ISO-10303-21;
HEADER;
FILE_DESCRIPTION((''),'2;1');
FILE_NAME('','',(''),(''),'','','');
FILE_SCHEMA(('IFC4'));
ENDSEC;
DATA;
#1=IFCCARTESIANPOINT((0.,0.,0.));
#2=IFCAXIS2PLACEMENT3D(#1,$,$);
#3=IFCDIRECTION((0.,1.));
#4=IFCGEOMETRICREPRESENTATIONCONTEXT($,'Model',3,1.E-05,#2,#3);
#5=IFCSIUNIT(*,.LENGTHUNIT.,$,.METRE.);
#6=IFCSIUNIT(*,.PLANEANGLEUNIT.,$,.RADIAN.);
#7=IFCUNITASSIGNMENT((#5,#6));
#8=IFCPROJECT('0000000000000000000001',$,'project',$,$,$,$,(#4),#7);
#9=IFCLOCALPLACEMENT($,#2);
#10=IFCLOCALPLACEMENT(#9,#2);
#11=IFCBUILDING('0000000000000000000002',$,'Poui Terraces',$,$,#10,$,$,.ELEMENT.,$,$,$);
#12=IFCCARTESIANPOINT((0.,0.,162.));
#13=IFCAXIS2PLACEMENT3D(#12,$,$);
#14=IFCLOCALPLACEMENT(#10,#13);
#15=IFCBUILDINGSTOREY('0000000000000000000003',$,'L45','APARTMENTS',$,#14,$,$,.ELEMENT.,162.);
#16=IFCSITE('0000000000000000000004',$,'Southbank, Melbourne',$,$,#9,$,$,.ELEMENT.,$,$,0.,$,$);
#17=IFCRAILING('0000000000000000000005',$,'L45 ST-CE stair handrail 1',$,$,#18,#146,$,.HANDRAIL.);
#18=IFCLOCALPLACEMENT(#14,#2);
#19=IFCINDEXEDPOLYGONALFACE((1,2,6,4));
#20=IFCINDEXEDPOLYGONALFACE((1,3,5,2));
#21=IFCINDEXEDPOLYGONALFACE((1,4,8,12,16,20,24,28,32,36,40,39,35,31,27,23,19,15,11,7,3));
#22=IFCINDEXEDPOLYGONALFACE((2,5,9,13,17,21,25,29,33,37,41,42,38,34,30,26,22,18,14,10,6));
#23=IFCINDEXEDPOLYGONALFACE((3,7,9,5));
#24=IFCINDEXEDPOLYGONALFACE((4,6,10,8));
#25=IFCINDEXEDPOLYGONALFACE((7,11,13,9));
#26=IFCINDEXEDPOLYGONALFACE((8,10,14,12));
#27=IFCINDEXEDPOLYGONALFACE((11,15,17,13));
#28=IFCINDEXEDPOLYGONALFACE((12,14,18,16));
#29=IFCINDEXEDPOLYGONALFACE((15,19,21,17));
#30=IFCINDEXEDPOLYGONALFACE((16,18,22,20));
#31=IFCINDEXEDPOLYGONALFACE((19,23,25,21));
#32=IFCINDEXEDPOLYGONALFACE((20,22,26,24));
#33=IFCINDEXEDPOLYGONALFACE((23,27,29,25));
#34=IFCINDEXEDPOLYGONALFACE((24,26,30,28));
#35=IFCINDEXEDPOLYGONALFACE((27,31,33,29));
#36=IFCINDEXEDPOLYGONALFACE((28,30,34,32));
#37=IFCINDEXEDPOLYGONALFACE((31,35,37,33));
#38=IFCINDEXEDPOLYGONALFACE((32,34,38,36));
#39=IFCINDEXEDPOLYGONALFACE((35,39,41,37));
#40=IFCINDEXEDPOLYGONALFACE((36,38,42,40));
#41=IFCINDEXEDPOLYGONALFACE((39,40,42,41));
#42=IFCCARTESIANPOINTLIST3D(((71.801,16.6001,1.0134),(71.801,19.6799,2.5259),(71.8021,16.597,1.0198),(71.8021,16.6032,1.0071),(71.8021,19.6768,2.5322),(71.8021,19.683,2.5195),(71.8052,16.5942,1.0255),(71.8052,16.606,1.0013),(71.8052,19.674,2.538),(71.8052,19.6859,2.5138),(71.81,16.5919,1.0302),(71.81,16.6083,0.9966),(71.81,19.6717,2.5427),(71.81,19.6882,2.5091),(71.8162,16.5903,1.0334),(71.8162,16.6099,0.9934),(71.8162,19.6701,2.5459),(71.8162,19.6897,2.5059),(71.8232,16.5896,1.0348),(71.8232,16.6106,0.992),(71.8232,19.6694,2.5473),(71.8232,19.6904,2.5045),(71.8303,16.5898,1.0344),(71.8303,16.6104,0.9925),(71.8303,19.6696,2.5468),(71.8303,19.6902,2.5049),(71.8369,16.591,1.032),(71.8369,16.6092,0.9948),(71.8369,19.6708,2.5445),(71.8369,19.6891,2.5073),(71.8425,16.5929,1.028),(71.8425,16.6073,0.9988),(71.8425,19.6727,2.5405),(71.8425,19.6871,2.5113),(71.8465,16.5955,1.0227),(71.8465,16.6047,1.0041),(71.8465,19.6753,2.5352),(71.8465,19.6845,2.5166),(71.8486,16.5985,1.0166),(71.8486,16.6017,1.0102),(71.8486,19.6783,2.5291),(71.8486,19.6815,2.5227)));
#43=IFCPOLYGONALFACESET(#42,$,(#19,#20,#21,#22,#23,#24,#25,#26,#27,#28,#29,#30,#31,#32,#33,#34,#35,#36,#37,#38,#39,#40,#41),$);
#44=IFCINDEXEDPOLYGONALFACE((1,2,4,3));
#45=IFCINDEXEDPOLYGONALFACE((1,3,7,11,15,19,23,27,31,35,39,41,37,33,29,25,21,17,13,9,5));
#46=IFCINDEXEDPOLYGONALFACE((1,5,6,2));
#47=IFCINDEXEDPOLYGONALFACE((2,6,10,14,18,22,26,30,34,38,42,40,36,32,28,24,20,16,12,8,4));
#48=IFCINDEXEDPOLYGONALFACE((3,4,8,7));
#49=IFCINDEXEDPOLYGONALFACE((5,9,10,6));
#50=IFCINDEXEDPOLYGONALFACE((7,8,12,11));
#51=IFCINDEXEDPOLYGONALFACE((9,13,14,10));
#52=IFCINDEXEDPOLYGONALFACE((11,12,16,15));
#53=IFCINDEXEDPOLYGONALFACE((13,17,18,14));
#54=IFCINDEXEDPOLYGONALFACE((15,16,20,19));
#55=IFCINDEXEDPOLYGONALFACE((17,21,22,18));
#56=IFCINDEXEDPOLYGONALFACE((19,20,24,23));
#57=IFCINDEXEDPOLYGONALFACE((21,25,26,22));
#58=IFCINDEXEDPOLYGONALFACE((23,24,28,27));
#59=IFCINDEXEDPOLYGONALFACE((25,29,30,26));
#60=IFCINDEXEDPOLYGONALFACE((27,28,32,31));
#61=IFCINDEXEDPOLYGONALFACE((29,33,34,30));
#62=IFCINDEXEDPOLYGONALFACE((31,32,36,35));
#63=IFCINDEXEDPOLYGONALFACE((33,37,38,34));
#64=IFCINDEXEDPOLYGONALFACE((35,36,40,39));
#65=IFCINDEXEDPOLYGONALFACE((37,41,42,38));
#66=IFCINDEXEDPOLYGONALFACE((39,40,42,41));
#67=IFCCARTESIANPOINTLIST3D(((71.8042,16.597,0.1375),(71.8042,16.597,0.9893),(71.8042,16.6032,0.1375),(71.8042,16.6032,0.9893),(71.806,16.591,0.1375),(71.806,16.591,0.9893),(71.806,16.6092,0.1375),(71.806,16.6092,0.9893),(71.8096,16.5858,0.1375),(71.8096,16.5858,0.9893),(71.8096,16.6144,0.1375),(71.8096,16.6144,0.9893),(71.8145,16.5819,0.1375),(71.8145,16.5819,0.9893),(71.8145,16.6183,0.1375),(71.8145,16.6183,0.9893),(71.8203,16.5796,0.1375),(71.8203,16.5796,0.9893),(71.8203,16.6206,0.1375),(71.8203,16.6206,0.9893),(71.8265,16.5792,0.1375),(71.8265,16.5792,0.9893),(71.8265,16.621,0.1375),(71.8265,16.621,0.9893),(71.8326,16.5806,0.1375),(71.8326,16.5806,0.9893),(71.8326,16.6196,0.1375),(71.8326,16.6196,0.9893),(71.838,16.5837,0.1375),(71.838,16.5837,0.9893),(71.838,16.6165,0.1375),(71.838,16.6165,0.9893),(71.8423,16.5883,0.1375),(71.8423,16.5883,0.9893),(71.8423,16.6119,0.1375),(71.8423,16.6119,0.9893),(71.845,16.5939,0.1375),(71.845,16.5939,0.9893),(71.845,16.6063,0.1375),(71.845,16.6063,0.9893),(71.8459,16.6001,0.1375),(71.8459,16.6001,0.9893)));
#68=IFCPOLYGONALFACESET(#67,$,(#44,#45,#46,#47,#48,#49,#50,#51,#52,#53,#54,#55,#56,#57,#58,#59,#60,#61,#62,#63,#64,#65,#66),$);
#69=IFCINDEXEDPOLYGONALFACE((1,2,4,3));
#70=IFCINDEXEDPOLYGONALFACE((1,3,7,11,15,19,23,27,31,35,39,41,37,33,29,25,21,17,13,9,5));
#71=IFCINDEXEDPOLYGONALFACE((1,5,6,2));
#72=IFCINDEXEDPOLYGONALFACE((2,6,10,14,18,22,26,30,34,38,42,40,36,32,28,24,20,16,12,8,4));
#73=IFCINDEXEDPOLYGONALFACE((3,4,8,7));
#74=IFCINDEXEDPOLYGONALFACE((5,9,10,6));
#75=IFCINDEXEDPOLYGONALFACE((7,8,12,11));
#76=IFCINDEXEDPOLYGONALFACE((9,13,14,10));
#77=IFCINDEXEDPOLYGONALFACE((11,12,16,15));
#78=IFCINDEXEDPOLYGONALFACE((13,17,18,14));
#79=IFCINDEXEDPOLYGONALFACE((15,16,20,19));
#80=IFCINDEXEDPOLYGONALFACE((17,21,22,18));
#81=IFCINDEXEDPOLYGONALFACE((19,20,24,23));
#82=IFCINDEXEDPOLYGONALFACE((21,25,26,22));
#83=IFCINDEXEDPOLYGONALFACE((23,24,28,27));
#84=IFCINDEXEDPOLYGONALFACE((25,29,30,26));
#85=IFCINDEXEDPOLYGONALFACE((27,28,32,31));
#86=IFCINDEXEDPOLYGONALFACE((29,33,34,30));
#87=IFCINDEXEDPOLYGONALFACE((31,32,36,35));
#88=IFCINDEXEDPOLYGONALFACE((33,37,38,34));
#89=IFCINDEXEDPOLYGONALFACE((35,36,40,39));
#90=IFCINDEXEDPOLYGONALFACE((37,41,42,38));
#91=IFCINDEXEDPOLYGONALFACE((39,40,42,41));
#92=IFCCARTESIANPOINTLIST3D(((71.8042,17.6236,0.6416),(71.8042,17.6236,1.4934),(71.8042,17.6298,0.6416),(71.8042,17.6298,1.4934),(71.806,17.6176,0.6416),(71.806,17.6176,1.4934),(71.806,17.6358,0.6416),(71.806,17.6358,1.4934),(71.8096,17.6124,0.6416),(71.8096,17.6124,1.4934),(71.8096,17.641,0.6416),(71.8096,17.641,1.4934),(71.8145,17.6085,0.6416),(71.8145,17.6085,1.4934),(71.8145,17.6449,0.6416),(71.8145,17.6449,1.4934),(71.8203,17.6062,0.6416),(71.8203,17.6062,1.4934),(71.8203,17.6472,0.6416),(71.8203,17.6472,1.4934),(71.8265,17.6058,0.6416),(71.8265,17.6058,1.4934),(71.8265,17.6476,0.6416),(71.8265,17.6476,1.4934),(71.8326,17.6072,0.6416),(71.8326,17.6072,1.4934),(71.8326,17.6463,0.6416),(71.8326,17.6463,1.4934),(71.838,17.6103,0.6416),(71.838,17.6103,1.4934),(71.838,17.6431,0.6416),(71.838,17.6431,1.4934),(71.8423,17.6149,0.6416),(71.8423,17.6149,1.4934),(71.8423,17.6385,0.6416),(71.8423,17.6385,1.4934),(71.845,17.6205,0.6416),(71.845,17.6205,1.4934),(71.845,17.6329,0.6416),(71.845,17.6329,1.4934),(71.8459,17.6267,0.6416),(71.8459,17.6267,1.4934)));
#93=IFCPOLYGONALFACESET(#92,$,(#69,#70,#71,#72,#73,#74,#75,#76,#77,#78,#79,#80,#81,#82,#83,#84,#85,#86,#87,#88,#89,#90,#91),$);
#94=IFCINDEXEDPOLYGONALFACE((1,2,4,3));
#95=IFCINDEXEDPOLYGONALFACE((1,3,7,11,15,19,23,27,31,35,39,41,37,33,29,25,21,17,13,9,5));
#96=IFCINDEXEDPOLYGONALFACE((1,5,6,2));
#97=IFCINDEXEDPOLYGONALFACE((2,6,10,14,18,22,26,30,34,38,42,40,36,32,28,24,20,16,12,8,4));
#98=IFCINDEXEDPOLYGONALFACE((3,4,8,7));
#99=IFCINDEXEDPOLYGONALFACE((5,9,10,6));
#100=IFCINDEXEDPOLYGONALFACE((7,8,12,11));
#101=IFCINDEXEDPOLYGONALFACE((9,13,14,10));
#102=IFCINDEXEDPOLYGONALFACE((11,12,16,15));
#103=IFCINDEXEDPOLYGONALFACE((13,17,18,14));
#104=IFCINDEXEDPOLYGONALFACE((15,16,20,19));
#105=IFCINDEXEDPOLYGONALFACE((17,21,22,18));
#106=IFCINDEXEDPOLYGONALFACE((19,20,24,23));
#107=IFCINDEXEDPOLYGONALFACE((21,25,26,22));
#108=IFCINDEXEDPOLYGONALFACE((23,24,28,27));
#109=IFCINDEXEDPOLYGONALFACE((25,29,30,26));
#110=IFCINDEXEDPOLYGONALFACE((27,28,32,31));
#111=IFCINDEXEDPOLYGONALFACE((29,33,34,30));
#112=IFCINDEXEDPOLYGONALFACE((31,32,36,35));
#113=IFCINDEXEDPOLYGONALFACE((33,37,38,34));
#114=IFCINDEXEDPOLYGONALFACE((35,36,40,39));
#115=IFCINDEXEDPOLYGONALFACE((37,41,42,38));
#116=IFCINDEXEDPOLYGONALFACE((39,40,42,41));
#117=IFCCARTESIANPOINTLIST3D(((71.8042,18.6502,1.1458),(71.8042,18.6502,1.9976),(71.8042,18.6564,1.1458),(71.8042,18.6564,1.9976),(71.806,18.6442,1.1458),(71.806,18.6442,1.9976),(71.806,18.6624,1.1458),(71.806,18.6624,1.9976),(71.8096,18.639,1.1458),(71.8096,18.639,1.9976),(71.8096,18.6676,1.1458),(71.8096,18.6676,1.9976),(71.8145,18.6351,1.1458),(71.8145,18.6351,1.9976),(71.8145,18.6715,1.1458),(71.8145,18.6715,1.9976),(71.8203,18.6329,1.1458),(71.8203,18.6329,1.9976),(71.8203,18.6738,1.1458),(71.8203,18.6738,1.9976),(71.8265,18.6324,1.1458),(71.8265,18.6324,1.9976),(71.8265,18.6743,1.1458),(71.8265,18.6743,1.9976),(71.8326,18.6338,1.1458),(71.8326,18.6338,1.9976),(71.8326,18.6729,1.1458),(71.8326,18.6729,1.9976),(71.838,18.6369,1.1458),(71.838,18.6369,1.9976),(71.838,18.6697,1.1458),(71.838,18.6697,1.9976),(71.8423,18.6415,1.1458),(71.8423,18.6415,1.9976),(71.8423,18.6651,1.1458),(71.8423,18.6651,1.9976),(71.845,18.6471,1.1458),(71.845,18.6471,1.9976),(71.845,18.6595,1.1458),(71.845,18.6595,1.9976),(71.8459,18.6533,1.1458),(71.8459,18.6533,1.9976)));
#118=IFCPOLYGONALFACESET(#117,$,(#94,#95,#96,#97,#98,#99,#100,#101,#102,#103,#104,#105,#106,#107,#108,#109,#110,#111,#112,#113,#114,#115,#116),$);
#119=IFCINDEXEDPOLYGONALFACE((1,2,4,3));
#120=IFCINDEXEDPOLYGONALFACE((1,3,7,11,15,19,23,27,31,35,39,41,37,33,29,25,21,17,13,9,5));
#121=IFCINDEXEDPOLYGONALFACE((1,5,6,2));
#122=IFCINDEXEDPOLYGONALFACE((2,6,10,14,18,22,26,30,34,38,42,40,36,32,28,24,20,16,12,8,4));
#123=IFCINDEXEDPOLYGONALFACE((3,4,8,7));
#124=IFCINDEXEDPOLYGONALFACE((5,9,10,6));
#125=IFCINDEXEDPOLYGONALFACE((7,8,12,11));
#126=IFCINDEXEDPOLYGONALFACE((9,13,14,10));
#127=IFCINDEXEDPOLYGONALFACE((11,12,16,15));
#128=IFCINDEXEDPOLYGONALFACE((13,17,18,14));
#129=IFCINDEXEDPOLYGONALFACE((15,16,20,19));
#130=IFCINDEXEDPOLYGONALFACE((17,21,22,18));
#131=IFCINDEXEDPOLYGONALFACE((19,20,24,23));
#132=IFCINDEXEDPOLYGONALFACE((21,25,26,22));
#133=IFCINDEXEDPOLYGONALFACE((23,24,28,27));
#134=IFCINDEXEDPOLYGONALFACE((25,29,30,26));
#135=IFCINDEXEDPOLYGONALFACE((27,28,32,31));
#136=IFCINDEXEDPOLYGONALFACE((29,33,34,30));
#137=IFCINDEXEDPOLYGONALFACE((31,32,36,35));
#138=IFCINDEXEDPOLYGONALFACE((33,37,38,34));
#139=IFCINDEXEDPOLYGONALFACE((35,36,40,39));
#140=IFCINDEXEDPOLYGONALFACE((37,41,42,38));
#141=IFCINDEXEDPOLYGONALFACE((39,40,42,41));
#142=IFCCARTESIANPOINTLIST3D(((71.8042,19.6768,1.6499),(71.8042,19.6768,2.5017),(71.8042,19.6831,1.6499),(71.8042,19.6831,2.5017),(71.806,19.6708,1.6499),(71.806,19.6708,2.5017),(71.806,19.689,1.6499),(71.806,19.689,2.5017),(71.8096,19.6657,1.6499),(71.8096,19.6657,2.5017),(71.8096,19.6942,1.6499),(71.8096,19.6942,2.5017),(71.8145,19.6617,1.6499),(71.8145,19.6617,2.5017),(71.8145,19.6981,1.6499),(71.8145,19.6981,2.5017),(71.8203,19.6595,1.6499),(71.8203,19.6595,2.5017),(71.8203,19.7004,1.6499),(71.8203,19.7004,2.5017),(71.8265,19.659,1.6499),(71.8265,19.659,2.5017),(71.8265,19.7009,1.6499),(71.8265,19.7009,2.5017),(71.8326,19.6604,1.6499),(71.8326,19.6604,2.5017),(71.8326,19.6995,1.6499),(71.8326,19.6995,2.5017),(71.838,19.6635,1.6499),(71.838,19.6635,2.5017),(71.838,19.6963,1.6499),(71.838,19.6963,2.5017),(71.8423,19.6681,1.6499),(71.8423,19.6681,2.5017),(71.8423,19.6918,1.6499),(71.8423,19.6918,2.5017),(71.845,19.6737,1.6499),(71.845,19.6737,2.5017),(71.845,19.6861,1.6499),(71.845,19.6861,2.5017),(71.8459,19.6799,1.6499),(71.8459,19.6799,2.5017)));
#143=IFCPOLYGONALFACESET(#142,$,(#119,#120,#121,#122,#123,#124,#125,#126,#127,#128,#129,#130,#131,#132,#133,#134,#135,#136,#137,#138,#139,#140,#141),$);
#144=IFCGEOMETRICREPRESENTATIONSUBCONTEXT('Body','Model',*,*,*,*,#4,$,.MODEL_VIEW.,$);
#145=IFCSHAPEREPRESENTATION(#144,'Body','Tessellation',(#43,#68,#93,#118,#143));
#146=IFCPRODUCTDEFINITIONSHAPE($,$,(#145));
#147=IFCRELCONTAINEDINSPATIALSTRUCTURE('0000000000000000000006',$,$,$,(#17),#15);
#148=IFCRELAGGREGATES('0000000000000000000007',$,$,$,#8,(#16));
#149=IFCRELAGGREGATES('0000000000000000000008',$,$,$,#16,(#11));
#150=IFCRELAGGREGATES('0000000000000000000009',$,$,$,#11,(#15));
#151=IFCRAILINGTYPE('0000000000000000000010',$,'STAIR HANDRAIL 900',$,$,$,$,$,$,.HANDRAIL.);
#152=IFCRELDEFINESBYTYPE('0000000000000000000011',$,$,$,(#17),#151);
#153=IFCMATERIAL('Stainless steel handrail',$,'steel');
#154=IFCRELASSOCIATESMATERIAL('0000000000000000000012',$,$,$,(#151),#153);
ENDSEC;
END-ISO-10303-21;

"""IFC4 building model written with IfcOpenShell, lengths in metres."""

from ifc_helpers import new_model, si_unit, direction, frame, origin, origin_2d, place, context, subcontext, project, spatial, circle, extrude, material, type_object, element, save


model = new_model("IFC4")

# Units and contexts
model_context = context("Model", 3, precision=1e-05, world=origin(), true_north=direction((0.0, 1.0)))
body_context = subcontext(model_context, "Body", "Model", "MODEL_VIEW")
ifc_project = project(units=[si_unit("LENGTHUNIT", "METRE"), si_unit("PLANEANGLEUNIT", "RADIAN")], contexts=[model_context])

# Site, building, storey
site_placement = place(None, origin())
site = spatial("IfcSite", under=ifc_project, at=site_placement, Name="Southbank, Melbourne", CompositionType="ELEMENT", RefElevation=0.0)
building_placement = place(site_placement, origin())
building = spatial("IfcBuilding", under=site, at=building_placement, Name="Poui Terraces", CompositionType="ELEMENT")
storey_placement = place(building_placement, frame((0.0, 0.0, 162.0)))
storey = spatial("IfcBuildingStorey", under=building, at=storey_placement, Name="L45", Description="APARTMENTS", CompositionType="ELEMENT", Elevation=162.0)

# Railing
ifc_material_1 = material(Name="Stainless steel handrail", Category="steel")
railing_type_1 = type_object("IfcRailingType", Name="STAIR HANDRAIL 900", PredefinedType="HANDRAIL", material=ifc_material_1)
railing_1_placement = place(storey_placement, frame((71.825, 16.6001, 0.1375)))
element("IfcRailing", 1, at=railing_1_placement, inside=storey, type_object=railing_type_1, Name="L45 ST-CE stair handrail 1", PredefinedType="HANDRAIL", context=body_context, shape_type="SweptSolid", body=[
    extrude(circle(Radius=0.0239, at=origin_2d()), frame((0.0, 0.0, 0.876), z_axis=(0.0, 0.897606, 0.440798), x_axis=(-1.0, 0.0, 0.0)), (0.0, 0.0, 1.0), 3.4312),
    extrude(circle(Radius=0.021, at=origin_2d()), origin(), (0.0, 0.0, 1.0), 0.8518),
    extrude(circle(Radius=0.021, at=origin_2d()), frame((0.0, 1.0266, 0.5042)), (0.0, 0.0, 1.0), 0.8518),
    extrude(circle(Radius=0.021, at=origin_2d()), frame((0.0, 2.0532, 1.0083)), (0.0, 0.0, 1.0), 0.8518),
    extrude(circle(Radius=0.021, at=origin_2d()), frame((0.0, 3.0798, 1.5125)), (0.0, 0.0, 1.0), 0.8518),
])

save(model, "model.ifc")
